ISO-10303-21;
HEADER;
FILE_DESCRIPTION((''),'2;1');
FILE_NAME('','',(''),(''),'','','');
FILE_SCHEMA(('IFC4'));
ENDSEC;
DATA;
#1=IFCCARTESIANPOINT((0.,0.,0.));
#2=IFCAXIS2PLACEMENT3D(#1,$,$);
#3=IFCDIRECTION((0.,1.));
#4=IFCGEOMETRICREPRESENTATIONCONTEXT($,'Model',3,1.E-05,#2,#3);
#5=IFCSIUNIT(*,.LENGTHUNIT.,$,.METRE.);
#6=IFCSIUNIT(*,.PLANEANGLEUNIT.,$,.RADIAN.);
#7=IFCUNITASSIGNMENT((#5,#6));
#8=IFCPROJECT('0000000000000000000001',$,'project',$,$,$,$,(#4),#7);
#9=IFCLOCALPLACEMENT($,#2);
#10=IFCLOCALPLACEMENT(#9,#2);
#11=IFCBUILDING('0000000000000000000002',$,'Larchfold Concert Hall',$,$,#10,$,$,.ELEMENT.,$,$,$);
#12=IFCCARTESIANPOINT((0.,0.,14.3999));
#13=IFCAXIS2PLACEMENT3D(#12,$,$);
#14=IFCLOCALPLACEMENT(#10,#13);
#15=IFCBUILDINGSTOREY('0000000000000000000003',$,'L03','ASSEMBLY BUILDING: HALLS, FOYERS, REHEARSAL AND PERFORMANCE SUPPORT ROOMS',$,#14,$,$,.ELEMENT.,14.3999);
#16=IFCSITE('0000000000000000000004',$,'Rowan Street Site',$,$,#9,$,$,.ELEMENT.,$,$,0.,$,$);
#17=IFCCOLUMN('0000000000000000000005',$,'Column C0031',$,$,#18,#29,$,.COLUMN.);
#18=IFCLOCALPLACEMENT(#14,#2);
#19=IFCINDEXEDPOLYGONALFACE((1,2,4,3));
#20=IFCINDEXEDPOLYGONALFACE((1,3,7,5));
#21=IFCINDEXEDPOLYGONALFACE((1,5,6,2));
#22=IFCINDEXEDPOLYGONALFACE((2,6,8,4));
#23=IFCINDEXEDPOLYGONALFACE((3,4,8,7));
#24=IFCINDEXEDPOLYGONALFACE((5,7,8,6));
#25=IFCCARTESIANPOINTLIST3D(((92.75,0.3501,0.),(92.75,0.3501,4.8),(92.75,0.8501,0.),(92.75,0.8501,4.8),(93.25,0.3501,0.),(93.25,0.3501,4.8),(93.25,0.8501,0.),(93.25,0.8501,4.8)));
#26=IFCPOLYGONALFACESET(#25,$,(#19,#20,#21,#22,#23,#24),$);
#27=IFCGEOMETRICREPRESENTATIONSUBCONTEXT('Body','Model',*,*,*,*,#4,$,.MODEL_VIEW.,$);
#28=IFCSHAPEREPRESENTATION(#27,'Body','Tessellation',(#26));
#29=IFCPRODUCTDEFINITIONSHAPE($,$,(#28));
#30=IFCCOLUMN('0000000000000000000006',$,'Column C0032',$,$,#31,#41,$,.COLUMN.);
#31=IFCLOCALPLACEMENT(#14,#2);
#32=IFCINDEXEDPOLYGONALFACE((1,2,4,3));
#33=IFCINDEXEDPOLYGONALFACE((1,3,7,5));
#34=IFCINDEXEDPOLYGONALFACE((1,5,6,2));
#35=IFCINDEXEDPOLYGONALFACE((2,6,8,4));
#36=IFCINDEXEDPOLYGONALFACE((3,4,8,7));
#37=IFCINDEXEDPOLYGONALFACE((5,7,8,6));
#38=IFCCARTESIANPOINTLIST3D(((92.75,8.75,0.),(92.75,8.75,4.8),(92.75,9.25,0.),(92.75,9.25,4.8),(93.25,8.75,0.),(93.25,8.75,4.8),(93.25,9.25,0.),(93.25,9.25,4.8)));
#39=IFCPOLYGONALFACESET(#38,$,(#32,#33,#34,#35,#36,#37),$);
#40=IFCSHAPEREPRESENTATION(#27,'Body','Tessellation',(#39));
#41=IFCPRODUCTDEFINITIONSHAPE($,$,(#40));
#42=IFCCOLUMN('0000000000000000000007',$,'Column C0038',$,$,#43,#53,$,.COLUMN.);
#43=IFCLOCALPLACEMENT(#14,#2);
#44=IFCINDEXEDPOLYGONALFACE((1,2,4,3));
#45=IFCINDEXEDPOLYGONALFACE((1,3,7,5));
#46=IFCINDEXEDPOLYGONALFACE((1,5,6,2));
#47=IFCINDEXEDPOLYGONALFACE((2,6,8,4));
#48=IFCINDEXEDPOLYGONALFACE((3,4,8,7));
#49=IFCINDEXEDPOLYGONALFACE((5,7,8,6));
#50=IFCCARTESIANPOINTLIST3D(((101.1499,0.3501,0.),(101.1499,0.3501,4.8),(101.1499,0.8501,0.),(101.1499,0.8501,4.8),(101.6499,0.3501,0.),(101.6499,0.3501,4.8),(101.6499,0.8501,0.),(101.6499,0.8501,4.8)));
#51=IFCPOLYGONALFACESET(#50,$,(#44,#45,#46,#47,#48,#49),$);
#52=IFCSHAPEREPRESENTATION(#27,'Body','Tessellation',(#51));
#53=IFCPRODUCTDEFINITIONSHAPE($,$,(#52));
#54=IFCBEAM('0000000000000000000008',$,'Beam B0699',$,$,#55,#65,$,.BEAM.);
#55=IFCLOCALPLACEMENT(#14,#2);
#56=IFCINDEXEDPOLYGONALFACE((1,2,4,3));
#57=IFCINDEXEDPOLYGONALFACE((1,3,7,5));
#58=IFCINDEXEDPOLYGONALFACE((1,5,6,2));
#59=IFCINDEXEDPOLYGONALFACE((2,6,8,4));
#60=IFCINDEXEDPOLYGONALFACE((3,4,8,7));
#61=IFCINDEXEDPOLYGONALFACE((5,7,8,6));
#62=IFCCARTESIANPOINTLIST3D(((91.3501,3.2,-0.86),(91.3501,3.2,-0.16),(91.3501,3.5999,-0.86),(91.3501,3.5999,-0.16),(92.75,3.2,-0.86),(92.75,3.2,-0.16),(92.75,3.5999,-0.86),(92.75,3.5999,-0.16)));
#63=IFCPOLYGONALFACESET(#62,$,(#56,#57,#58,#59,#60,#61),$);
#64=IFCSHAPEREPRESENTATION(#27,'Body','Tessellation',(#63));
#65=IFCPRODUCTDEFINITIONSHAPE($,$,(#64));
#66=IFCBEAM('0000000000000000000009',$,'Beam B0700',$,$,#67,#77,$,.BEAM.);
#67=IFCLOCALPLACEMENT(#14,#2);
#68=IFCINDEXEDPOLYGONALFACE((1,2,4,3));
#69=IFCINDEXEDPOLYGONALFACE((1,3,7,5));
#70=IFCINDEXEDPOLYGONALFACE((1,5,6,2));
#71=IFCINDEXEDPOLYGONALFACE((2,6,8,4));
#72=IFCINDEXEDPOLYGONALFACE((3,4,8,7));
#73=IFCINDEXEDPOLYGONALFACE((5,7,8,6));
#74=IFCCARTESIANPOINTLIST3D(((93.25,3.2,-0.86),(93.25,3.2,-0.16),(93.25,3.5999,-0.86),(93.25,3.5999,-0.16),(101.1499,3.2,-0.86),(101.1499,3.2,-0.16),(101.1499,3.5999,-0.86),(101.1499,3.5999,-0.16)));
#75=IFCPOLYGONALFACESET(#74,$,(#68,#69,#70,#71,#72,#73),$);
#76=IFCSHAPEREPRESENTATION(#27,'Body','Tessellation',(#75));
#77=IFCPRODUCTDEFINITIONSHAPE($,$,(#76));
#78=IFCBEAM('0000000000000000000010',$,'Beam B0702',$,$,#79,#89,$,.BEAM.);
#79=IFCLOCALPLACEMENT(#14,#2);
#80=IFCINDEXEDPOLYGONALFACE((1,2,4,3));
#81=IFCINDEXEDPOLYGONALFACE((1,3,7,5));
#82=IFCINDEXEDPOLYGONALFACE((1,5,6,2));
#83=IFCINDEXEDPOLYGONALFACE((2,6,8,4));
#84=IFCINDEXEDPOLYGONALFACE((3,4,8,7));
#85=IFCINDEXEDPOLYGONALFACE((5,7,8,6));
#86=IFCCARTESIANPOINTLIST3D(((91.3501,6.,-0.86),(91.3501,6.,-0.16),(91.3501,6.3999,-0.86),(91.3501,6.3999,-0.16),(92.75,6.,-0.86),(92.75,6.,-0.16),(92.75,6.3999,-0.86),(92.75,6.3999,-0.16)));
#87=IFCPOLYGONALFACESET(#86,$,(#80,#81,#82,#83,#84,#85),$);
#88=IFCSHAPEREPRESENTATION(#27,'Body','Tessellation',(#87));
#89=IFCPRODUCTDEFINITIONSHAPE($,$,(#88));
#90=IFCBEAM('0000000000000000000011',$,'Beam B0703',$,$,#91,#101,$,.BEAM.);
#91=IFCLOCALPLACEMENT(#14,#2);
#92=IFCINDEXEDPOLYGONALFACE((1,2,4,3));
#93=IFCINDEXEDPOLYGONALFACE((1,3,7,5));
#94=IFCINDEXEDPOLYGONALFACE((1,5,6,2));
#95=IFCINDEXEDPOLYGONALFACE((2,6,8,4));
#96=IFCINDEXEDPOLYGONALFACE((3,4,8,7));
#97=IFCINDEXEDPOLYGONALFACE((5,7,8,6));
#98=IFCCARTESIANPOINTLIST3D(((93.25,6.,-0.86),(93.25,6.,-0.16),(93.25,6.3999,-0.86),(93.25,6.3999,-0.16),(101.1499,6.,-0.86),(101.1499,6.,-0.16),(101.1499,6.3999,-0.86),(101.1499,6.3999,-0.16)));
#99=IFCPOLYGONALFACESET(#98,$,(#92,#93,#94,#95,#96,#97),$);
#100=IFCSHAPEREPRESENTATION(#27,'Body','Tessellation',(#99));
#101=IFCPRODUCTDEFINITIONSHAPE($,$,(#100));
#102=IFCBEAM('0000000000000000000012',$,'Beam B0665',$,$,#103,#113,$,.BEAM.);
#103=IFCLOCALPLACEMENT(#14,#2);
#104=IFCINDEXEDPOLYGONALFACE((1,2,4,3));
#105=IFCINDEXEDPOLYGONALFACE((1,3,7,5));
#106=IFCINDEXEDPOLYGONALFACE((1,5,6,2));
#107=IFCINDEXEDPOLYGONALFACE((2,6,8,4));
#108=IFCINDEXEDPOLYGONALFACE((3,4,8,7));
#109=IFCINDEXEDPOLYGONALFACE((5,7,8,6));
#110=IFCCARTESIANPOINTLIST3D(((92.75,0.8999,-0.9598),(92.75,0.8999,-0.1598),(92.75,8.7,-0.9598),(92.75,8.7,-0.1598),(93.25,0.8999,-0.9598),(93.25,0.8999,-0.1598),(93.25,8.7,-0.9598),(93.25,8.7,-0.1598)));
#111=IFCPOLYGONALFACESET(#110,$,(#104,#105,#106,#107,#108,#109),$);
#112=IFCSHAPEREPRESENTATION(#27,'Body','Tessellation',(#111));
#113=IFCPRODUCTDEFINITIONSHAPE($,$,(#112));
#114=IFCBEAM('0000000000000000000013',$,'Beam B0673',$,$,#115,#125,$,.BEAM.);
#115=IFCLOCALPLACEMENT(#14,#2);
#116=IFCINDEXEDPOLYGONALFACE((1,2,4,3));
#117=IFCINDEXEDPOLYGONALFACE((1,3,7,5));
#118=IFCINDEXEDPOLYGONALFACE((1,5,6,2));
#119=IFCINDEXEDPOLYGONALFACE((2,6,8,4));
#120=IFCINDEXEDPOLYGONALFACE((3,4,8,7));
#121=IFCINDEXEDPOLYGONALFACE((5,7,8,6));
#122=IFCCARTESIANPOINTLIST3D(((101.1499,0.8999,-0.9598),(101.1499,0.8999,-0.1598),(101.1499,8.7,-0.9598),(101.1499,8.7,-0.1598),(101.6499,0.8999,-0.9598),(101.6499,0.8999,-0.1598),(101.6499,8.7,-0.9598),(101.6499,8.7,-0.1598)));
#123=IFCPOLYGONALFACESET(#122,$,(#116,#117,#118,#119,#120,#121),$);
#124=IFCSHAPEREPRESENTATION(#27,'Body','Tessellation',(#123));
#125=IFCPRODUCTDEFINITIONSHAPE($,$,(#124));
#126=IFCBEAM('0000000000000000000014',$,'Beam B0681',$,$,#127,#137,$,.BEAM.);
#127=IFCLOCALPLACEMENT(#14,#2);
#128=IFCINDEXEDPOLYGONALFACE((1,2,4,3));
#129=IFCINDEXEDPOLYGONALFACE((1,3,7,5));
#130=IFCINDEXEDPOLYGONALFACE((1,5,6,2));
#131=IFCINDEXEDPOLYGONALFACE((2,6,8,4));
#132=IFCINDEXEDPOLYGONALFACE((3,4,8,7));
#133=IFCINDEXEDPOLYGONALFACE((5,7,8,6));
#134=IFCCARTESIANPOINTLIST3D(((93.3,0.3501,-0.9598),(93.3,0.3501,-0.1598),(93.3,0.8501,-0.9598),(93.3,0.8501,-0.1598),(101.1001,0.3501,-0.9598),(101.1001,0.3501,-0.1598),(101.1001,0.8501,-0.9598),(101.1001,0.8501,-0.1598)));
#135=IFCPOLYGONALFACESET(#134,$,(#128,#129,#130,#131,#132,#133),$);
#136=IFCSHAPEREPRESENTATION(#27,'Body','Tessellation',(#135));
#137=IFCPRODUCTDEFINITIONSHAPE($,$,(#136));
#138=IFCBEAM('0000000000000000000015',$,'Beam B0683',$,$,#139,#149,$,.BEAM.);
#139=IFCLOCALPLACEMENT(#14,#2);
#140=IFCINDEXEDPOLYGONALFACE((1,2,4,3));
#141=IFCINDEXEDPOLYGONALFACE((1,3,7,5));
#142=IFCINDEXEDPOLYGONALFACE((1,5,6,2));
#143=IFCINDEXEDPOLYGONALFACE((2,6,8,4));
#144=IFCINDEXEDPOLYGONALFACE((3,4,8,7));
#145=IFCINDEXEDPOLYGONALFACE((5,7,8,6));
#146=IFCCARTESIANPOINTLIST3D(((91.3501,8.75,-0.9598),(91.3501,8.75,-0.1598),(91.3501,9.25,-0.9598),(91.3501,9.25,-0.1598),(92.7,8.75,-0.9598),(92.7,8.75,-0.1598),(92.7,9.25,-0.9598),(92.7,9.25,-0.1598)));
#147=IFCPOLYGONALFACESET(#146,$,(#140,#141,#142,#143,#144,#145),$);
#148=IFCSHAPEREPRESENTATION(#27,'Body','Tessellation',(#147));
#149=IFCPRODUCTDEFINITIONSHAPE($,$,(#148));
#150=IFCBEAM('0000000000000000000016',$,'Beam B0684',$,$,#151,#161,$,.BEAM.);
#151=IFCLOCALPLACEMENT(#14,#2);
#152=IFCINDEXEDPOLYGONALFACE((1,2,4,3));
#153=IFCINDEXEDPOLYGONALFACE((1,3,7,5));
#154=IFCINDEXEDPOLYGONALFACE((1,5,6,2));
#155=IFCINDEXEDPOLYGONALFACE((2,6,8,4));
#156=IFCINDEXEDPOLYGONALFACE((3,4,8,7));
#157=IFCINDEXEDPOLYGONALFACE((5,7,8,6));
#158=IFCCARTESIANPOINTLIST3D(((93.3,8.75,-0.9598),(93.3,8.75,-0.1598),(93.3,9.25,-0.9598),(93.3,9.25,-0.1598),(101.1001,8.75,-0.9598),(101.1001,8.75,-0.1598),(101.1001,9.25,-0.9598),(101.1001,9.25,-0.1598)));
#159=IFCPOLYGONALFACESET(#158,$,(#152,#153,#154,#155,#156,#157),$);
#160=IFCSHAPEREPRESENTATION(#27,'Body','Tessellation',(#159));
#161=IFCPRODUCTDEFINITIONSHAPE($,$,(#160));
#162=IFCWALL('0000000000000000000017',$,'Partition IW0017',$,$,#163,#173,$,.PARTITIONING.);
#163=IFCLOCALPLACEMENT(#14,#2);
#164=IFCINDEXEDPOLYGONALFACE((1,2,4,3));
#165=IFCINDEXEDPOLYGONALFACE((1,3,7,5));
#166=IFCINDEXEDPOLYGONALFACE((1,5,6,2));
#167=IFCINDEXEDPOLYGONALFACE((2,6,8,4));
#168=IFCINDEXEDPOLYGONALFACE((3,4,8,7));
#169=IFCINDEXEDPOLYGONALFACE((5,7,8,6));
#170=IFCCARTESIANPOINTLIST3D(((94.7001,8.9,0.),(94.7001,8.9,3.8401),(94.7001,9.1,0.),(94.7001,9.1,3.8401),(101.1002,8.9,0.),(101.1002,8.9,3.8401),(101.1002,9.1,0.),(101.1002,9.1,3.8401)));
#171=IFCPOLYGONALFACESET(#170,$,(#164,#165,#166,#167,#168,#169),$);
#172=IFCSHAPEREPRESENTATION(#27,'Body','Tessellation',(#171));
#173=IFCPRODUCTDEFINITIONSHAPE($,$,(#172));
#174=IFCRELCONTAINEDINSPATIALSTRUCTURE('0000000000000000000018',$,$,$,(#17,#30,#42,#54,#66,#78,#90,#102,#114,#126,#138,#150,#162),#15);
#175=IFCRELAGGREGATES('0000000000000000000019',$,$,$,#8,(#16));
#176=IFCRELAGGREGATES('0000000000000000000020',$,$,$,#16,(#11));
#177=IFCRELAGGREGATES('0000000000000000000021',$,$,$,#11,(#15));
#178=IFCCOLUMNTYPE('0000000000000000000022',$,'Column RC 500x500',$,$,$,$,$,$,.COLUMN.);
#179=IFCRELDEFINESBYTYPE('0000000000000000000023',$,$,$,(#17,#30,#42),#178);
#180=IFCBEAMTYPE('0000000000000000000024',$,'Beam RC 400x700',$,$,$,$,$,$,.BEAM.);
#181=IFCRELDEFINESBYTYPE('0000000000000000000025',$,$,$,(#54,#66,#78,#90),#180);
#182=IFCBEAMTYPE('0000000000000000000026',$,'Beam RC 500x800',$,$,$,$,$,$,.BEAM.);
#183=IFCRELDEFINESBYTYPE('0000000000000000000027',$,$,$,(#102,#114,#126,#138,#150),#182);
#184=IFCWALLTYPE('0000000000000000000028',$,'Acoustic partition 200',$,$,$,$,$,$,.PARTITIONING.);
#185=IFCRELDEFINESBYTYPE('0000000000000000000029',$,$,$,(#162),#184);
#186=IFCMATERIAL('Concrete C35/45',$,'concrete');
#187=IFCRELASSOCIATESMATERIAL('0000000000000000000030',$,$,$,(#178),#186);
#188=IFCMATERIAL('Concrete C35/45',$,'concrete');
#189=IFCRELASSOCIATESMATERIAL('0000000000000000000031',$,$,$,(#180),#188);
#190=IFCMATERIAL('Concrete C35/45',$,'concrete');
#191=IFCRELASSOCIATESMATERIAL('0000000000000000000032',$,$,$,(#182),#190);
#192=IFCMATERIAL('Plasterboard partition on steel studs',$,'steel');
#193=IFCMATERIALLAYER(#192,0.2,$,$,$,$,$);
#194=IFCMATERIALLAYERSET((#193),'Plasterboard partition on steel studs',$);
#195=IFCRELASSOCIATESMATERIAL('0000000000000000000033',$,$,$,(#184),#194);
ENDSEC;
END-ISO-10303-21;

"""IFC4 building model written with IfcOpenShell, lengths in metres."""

from ifc_helpers import new_model, si_unit, direction, frame, frame_2d, origin, origin_2d, place, context, subcontext, project, spatial, rectangle, extrude, material, layer, layer_set, material_profile, profile_set, type_object, element, save


model = new_model("IFC4")

# Units and contexts
model_context = context("Model", 3, precision=1e-05, world=origin(), true_north=direction((0.0, 1.0)))
body_context = subcontext(model_context, "Body", "Model", "MODEL_VIEW")
ifc_project = project(units=[si_unit("LENGTHUNIT", "METRE"), si_unit("PLANEANGLEUNIT", "RADIAN")], contexts=[model_context])

# Site, building, storey
site_placement = place(None, origin())
site = spatial("IfcSite", under=ifc_project, at=site_placement, Name="Rowan Street Site", CompositionType="ELEMENT", RefElevation=0.0)
building_placement = place(site_placement, origin())
building = spatial("IfcBuilding", under=site, at=building_placement, Name="Larchfold Concert Hall", CompositionType="ELEMENT")
storey_placement = place(building_placement, frame((0.0, 0.0, 14.3999)))
storey = spatial("IfcBuildingStorey", under=building, at=storey_placement, Name="L03", Description="ASSEMBLY BUILDING: HALLS, FOYERS, REHEARSAL AND PERFORMANCE SUPPORT ROOMS", CompositionType="ELEMENT", Elevation=14.3999)

# Columns
ifc_material_1 = material(Name="Concrete C35/45", Category="concrete")
ifc_material_profile_1 = material_profile(ifc_material_1, rectangle(XDim=0.5, YDim=0.5, at=origin_2d()))
ifc_profile_set_1 = profile_set([ifc_material_profile_1], Name="Concrete C35/45")
column_type = type_object("IfcColumnType", Name="Column RC 500x500", PredefinedType="COLUMN", material=ifc_profile_set_1)
for number, where, z_axis, x_axis, name in (
    (1, (93.0, 0.6001, 0.0), (0.0, 0.0, 1.0), (1.0, 0.0, 0.0), "Column C0031"),
    (2, (93.0, 9.0, 0.0), (0.0, 0.0, 1.0), (1.0, 0.0, 0.0), "Column C0032"),
    (3, (101.3999, 0.6001, 0.0), (0.0, 0.0, 1.0), (1.0, 0.0, 0.0), "Column C0038"),
):
    element("IfcColumn", number, at=place(storey_placement, frame(where, z_axis=z_axis, x_axis=x_axis)), inside=storey, type_object=column_type, Name=name, PredefinedType="COLUMN", context=body_context, shape_type="SweptSolid", body=[
        extrude(rectangle(XDim=0.5, YDim=0.5, at=origin_2d()), origin(), (0.0, 0.0, 1.0), 4.8),
    ])

# Beams
ifc_material_2 = material(Name="Concrete C35/45", Category="concrete")
ifc_material_profile_2 = material_profile(ifc_material_2, rectangle(XDim=0.3999, YDim=0.7, at=origin_2d()))
ifc_profile_set_2 = profile_set([ifc_material_profile_2], Name="Concrete C35/45")
beam_type_1 = type_object("IfcBeamType", Name="Beam RC 400x700", PredefinedType="BEAM", material=ifc_profile_set_2)
beam_1_placement = place(storey_placement, frame((91.3501, 3.3999, -0.51), z_axis=(1.0, 0.0, 0.0), x_axis=(0.0, 1.0, 0.0)))
element("IfcBeam", 4, at=beam_1_placement, inside=storey, type_object=beam_type_1, Name="Beam B0699", PredefinedType="BEAM", context=body_context, shape_type="SweptSolid", body=[
    extrude(rectangle(XDim=0.3999, YDim=0.7, at=origin_2d()), origin(), (0.0, 0.0, 1.0), 1.3999),
])
beam_2_placement = place(storey_placement, frame((93.25, 3.3999, -0.51), z_axis=(1.0, 0.0, 0.0), x_axis=(0.0, 1.0, 0.0)))
element("IfcBeam", 5, at=beam_2_placement, inside=storey, type_object=beam_type_1, Name="Beam B0700", PredefinedType="BEAM", context=body_context, shape_type="SweptSolid", body=[
    extrude(rectangle(XDim=0.3999, YDim=0.7, at=origin_2d()), origin(), (0.0, 0.0, 1.0), 7.8999),
])
beam_3_placement = place(storey_placement, frame((91.3501, 6.2, -0.51), z_axis=(1.0, 0.0, 0.0), x_axis=(0.0, 1.0, 0.0)))
element("IfcBeam", 6, at=beam_3_placement, inside=storey, type_object=beam_type_1, Name="Beam B0702", PredefinedType="BEAM", context=body_context, shape_type="SweptSolid", body=[
    extrude(rectangle(XDim=0.3999, YDim=0.7, at=origin_2d()), origin(), (0.0, 0.0, 1.0), 1.3999),
])
beam_4_placement = place(storey_placement, frame((93.25, 6.2, -0.51), z_axis=(1.0, 0.0, 0.0), x_axis=(0.0, 1.0, 0.0)))
element("IfcBeam", 7, at=beam_4_placement, inside=storey, type_object=beam_type_1, Name="Beam B0703", PredefinedType="BEAM", context=body_context, shape_type="SweptSolid", body=[
    extrude(rectangle(XDim=0.3999, YDim=0.7, at=origin_2d()), origin(), (0.0, 0.0, 1.0), 7.8999),
])
ifc_material_3 = material(Name="Concrete C35/45", Category="concrete")
ifc_material_profile_3 = material_profile(ifc_material_3, rectangle(XDim=0.5, YDim=0.8, at=origin_2d()))
ifc_profile_set_3 = profile_set([ifc_material_profile_3], Name="Concrete C35/45")
beam_type_2 = type_object("IfcBeamType", Name="Beam RC 500x800", PredefinedType="BEAM", material=ifc_profile_set_3)
for number, where, z_axis, x_axis, name in (
    (8, (93.0, 0.8999, -0.5598), (0.0, 1.0, 0.0), (-1.0, 0.0, 0.0), "Beam B0665"),
    (9, (101.3999, 0.8999, -0.5598), (0.0, 1.0, 0.0), (-1.0, 0.0, 0.0), "Beam B0673"),
    (10, (93.3, 0.6001, -0.5598), (1.0, 0.0, 0.0), (0.0, 1.0, 0.0), "Beam B0681"),
):
    element("IfcBeam", number, at=place(storey_placement, frame(where, z_axis=z_axis, x_axis=x_axis)), inside=storey, type_object=beam_type_2, Name=name, PredefinedType="BEAM", context=body_context, shape_type="SweptSolid", body=[
        extrude(rectangle(XDim=0.5, YDim=0.8, at=origin_2d()), origin(), (0.0, 0.0, 1.0), 7.8),
    ])
beam_5_placement = place(storey_placement, frame((91.3501, 9.0, -0.5598), z_axis=(1.0, 0.0, 0.0), x_axis=(0.0, 1.0, 0.0)))
element("IfcBeam", 11, at=beam_5_placement, inside=storey, type_object=beam_type_2, Name="Beam B0683", PredefinedType="BEAM", context=body_context, shape_type="SweptSolid", body=[
    extrude(rectangle(XDim=0.5, YDim=0.8, at=origin_2d()), origin(), (0.0, 0.0, 1.0), 1.3499),
])
beam_6_placement = place(storey_placement, frame((93.3, 9.0, -0.5598), z_axis=(1.0, 0.0, 0.0), x_axis=(0.0, 1.0, 0.0)))
element("IfcBeam", 12, at=beam_6_placement, inside=storey, type_object=beam_type_2, Name="Beam B0684", PredefinedType="BEAM", context=body_context, shape_type="SweptSolid", body=[
    extrude(rectangle(XDim=0.5, YDim=0.8, at=origin_2d()), origin(), (0.0, 0.0, 1.0), 7.8),
])

# Wall
ifc_material_4 = material(Name="Plasterboard partition on steel studs", Category="steel")
ifc_layer_1 = layer(ifc_material_4, 0.2)
ifc_layer_set_1 = layer_set([ifc_layer_1], Name="Plasterboard partition on steel studs")
wall_type_1 = type_object("IfcWallType", Name="Acoustic partition 200", PredefinedType="PARTITIONING", material=ifc_layer_set_1)
wall_1_placement = place(storey_placement, frame((94.7, 9.0, 0.0), z_axis=(0.0, 0.0, 1.0), x_axis=(1.0, 0.0, 0.0)))
element("IfcWall", 13, at=wall_1_placement, inside=storey, type_object=wall_type_1, Name="Partition IW0017", PredefinedType="PARTITIONING", context=body_context, shape_type="SweptSolid", body=[
    extrude(rectangle(XDim=6.4001, YDim=0.2, at=frame_2d((3.2002, 0.0))), origin(), (0.0, 0.0, 1.0), 3.8401),
])

save(model, "model.ifc")
